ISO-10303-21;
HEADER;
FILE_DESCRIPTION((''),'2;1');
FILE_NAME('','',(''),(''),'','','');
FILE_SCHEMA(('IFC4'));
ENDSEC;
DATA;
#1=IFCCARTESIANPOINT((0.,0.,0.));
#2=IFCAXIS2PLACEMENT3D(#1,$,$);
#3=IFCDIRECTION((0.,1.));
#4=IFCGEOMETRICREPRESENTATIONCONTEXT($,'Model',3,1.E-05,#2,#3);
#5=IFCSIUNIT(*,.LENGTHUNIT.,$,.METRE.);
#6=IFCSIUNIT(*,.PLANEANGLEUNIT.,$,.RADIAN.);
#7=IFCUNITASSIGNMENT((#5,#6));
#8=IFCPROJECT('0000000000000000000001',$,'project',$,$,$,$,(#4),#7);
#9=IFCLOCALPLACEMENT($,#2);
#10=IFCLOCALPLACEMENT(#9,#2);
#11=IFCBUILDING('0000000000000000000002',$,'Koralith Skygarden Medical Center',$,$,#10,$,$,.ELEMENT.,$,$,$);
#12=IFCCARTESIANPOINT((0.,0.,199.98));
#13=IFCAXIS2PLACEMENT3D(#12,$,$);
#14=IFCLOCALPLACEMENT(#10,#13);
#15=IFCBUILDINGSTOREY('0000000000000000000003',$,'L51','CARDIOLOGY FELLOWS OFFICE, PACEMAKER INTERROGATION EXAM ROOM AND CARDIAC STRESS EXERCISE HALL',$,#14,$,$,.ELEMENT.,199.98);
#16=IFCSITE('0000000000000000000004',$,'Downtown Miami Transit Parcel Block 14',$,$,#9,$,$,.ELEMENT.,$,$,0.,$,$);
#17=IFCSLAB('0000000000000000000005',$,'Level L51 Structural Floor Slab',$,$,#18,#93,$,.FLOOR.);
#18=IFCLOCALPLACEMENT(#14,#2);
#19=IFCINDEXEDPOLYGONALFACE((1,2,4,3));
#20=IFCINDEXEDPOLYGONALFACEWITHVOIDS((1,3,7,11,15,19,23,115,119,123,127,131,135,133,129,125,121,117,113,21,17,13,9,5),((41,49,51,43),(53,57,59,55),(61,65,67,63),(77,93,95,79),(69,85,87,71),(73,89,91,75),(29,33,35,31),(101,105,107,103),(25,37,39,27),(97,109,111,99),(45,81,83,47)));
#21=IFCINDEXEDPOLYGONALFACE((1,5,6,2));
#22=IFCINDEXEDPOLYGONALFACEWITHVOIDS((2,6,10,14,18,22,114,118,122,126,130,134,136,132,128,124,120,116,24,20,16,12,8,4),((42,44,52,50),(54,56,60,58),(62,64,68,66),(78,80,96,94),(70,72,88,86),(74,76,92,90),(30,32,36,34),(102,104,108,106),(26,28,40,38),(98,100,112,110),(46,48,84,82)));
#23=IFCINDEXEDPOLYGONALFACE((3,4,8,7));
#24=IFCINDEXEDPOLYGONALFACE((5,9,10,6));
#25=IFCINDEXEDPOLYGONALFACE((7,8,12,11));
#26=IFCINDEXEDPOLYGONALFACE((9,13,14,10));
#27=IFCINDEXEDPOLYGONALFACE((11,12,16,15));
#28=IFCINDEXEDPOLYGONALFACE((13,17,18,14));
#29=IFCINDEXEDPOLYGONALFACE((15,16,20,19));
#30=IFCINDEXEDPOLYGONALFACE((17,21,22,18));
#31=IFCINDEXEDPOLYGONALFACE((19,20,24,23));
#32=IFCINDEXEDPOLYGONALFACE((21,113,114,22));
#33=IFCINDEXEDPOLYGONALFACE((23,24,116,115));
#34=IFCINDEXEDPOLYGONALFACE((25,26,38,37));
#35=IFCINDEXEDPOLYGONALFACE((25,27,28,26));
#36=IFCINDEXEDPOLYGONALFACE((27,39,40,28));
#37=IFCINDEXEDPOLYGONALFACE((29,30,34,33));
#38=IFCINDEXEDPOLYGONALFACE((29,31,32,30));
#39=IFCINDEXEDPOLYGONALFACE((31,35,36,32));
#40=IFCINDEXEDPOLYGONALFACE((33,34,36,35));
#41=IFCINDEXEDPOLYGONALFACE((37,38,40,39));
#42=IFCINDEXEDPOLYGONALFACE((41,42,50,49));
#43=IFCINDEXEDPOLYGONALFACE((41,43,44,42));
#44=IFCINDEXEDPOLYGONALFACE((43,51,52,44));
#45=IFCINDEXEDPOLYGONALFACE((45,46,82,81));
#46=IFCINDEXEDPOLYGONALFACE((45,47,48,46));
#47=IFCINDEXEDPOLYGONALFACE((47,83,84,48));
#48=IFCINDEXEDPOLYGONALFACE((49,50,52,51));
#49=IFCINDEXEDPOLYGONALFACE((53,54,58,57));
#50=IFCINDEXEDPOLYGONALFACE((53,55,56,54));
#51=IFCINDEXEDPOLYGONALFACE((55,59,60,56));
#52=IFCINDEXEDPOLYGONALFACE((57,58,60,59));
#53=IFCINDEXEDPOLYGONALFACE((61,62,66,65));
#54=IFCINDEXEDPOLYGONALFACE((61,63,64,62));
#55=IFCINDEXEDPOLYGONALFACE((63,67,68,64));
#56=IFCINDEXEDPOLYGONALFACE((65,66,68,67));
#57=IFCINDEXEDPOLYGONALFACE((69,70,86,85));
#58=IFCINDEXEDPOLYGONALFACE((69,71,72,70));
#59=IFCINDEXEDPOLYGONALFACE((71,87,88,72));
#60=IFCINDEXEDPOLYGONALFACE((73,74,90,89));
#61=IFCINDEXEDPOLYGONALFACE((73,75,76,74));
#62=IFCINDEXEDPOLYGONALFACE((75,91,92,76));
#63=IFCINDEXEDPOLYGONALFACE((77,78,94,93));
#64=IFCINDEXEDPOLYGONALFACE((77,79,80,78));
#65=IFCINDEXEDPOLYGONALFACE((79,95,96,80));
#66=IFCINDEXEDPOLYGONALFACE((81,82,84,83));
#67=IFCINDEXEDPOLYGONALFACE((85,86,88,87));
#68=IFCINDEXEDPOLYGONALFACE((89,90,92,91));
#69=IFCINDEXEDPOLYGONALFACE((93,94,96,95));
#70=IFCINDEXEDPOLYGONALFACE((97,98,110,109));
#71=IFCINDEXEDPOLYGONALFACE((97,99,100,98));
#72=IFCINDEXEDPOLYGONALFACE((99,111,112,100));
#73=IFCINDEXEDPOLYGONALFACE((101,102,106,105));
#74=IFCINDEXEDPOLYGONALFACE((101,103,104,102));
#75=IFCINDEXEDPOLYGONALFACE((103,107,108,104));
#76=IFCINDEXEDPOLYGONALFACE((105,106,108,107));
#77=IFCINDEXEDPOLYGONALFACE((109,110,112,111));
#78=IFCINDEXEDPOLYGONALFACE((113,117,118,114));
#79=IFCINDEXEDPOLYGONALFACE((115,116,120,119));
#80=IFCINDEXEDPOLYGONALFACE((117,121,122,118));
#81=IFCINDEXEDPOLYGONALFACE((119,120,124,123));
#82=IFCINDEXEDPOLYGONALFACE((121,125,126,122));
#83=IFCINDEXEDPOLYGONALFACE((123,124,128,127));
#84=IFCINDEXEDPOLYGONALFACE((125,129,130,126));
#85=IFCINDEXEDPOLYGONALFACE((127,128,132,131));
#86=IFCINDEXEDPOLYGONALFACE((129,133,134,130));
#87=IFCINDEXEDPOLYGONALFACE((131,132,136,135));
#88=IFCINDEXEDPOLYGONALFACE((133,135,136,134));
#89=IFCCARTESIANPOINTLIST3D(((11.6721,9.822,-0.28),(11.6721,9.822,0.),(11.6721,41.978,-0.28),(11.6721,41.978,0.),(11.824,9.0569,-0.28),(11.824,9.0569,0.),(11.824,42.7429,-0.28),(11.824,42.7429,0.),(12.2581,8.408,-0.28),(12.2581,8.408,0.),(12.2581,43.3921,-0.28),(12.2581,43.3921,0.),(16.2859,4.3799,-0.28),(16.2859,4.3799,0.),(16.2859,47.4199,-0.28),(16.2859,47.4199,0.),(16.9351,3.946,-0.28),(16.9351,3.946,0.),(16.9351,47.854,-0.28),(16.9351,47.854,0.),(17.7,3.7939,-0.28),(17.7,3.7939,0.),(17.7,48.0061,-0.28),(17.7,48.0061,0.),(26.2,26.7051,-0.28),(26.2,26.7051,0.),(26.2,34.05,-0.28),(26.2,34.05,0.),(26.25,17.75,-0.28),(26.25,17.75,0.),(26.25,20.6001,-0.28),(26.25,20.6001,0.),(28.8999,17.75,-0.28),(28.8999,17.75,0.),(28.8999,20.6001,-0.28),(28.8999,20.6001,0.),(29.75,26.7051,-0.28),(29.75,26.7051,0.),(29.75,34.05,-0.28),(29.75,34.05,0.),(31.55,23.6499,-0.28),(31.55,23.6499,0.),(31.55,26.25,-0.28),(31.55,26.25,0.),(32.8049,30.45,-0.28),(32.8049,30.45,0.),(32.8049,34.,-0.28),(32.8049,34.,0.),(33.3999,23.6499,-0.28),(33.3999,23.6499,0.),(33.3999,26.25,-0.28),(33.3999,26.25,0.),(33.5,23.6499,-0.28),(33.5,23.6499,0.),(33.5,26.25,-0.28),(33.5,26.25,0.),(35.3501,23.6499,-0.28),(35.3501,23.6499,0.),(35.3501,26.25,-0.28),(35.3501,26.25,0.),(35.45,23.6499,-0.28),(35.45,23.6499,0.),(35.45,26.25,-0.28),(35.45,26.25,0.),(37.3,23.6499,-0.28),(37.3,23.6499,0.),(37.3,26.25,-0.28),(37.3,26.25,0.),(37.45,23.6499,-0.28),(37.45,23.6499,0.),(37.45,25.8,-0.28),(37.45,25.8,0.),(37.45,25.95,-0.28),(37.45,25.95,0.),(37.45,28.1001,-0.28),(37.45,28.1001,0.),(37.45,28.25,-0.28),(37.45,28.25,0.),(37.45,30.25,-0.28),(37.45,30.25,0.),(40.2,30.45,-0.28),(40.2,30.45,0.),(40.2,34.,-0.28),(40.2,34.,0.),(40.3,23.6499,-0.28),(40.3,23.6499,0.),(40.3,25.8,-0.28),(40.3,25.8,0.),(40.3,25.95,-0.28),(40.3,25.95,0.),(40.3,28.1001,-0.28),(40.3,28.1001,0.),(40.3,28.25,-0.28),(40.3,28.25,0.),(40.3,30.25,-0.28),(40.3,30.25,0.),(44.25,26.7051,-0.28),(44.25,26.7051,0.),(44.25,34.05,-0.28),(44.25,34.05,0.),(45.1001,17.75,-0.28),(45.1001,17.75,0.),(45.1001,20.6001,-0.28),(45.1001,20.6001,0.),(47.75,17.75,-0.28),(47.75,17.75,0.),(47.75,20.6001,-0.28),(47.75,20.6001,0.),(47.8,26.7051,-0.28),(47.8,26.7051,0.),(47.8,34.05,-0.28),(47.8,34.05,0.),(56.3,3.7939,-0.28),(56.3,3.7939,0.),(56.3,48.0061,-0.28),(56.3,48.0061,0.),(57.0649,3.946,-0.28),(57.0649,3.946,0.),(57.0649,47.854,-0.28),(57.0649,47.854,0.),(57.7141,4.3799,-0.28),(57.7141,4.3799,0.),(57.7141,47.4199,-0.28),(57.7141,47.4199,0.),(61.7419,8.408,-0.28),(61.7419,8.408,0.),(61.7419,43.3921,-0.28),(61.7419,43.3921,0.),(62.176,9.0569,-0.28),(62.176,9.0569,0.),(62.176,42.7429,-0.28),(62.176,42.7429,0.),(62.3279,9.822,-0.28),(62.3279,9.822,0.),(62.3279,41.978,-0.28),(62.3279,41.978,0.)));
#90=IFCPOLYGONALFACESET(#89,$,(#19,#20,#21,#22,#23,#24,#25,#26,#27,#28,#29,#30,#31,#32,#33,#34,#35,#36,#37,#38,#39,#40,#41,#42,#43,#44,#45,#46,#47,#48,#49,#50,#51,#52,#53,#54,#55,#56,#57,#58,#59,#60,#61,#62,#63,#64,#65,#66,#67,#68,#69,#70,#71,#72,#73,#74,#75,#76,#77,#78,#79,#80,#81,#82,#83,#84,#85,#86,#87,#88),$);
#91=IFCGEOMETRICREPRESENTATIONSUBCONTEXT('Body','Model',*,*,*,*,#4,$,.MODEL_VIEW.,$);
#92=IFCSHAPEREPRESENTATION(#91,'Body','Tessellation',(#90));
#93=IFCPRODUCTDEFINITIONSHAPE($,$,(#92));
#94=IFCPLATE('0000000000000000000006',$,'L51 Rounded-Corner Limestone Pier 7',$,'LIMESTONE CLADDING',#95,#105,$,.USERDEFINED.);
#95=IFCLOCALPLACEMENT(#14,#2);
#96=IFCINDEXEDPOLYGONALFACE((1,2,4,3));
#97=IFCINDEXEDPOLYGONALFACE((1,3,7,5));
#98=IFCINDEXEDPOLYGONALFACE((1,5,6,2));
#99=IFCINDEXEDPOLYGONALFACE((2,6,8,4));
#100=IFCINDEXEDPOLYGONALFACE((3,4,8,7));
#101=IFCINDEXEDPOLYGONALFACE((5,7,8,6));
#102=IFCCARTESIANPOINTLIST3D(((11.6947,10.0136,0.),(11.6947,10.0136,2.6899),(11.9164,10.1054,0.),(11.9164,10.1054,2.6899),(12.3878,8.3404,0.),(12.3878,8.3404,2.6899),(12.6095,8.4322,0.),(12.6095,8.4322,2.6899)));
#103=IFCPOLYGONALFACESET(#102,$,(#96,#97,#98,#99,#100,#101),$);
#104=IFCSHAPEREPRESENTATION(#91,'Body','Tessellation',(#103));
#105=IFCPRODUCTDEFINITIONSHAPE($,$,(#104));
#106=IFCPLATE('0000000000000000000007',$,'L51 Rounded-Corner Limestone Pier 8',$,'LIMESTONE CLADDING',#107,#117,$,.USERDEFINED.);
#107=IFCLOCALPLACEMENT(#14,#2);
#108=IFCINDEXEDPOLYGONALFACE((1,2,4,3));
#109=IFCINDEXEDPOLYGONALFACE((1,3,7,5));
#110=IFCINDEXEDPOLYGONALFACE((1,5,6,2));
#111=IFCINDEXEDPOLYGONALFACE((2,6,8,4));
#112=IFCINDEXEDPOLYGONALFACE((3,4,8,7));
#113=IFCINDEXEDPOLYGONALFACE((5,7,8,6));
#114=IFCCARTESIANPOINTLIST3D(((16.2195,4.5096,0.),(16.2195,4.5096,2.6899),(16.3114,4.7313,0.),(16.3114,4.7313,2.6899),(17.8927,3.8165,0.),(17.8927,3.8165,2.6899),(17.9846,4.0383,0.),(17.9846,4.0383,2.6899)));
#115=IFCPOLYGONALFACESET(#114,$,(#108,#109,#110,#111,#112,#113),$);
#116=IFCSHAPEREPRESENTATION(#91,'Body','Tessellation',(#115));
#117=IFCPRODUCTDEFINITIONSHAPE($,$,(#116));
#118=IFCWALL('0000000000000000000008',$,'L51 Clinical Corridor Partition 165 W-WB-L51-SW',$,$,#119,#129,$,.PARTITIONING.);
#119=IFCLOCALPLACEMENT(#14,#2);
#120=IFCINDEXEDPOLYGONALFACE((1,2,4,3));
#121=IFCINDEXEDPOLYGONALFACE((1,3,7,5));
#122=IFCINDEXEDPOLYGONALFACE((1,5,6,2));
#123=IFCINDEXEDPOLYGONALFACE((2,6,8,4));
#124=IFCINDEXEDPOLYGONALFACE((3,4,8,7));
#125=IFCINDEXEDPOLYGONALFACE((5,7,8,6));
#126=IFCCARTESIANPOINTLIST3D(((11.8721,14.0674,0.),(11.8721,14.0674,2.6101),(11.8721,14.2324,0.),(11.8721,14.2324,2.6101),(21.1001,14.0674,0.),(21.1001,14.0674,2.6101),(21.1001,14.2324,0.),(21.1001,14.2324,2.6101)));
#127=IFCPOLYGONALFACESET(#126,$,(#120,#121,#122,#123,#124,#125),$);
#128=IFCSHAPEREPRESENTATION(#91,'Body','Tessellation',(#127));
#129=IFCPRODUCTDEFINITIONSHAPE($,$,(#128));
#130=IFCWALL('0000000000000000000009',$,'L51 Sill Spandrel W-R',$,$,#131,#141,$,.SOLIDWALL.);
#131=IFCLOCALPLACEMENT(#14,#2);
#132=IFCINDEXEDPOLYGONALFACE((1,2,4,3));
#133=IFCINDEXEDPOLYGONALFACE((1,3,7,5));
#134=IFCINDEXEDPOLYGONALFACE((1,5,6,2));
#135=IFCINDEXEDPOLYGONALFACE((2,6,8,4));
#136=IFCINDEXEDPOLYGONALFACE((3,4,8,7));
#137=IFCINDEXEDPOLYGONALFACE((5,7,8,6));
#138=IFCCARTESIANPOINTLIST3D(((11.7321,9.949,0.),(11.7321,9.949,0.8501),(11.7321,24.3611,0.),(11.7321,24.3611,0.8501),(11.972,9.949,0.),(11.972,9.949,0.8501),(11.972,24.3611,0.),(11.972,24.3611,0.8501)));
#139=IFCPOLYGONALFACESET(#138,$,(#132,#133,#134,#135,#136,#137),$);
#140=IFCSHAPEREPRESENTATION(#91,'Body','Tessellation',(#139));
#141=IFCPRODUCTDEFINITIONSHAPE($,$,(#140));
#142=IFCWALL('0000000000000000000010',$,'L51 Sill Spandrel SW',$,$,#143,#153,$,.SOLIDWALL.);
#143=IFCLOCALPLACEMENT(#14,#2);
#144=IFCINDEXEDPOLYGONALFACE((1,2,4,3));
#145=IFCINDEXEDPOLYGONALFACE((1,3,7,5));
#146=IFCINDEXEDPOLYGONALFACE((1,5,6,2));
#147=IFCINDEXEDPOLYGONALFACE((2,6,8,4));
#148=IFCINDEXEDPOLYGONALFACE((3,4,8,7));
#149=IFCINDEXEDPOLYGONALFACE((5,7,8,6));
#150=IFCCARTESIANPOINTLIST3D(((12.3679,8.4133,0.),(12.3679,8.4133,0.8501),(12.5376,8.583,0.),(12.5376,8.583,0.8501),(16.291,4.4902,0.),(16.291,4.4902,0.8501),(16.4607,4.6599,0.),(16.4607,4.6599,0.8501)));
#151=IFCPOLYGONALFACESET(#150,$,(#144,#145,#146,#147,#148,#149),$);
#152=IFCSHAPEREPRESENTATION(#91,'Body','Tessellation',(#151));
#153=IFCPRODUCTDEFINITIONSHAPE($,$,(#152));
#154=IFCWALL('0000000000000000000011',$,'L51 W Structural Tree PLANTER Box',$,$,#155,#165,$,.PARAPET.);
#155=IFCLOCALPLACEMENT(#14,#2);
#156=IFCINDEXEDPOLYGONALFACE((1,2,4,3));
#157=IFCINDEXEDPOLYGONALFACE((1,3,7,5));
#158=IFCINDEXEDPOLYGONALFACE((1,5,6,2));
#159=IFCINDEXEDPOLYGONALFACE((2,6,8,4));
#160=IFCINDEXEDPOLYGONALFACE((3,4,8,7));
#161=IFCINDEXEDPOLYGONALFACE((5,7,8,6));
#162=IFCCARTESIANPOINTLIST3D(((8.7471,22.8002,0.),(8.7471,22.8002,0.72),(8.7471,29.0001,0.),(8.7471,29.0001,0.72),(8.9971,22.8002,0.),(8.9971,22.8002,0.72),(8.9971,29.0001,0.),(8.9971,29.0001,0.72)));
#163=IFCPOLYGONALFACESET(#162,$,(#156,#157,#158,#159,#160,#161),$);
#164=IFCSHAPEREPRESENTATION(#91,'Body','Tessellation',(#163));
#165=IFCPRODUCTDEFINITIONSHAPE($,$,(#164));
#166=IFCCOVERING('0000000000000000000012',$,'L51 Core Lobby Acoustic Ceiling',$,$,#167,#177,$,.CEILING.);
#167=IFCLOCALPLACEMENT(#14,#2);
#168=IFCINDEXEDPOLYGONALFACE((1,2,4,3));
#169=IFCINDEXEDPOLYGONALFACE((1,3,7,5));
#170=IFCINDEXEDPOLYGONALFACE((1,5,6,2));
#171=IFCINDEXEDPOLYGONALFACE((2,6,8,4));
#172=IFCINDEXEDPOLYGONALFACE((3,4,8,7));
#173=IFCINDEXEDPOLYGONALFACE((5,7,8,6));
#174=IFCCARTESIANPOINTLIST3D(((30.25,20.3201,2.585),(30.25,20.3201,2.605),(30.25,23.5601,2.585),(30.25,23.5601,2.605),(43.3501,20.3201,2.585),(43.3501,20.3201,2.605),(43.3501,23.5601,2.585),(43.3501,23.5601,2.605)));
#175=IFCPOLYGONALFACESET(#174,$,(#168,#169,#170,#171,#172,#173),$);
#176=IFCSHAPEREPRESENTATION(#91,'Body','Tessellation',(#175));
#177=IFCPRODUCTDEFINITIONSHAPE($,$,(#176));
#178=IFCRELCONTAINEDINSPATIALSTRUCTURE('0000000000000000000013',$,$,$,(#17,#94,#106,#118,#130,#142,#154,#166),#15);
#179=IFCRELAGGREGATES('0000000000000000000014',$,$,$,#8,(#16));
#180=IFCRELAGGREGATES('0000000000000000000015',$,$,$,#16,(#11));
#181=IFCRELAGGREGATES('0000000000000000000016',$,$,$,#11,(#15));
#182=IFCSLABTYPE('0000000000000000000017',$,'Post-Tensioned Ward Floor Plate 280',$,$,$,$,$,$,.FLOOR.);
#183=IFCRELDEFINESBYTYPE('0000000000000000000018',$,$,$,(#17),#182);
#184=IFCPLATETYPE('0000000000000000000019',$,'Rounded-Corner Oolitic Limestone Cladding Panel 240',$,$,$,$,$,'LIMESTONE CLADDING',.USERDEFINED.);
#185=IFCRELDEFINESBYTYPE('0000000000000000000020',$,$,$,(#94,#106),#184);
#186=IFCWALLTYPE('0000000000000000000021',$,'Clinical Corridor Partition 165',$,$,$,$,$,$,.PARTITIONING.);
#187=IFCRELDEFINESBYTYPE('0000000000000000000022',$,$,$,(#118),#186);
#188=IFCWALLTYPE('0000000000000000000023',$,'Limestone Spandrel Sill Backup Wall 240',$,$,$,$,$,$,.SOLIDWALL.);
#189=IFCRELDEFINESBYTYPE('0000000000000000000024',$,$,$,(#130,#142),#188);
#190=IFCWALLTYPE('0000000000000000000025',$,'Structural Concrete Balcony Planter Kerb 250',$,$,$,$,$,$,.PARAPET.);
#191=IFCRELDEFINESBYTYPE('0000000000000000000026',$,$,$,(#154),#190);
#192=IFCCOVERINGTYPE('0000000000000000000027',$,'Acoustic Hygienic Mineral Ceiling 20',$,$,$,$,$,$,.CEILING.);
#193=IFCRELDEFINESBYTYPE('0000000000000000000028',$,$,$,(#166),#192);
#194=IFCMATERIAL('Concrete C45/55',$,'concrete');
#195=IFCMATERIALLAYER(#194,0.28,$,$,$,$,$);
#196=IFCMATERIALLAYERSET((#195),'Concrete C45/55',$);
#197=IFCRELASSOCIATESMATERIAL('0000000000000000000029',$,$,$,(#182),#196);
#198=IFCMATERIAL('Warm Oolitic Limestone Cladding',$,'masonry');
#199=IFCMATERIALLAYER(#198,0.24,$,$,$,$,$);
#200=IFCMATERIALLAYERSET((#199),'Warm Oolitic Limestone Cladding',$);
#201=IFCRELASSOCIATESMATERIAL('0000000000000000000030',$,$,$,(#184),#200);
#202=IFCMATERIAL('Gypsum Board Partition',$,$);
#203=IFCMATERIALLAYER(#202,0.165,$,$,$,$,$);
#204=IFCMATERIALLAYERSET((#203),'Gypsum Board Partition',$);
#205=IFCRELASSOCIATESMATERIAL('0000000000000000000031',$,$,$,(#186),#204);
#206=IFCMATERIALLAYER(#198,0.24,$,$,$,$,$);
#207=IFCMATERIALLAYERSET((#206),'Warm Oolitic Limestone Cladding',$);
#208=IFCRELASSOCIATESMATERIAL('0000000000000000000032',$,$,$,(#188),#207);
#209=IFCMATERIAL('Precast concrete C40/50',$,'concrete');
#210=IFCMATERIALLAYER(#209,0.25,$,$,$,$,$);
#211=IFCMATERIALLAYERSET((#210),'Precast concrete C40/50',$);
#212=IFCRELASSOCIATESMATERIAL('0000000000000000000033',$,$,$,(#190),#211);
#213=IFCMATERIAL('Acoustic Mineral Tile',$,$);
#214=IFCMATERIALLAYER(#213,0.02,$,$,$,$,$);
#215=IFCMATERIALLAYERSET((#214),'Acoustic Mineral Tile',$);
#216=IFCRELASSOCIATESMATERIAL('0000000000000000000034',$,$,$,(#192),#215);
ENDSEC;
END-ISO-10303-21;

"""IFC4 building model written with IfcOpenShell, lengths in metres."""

from ifc_helpers import new_model, si_unit, direction, frame, frame_2d, origin, origin_2d, place, context, subcontext, project, spatial, polyline, rectangle, outline, extrude, material, layer, layer_set, type_object, element, save


model = new_model("IFC4")

# Units and contexts
model_context = context("Model", 3, precision=1e-05, world=origin(), true_north=direction((0.0, 1.0)))
body_context = subcontext(model_context, "Body", "Model", "MODEL_VIEW")
ifc_project = project(units=[si_unit("LENGTHUNIT", "METRE"), si_unit("PLANEANGLEUNIT", "RADIAN")], contexts=[model_context])

# Site, building, storey
site_placement = place(None, origin())
site = spatial("IfcSite", under=ifc_project, at=site_placement, Name="Downtown Miami Transit Parcel Block 14", CompositionType="ELEMENT", RefElevation=0.0)
building_placement = place(site_placement, origin())
building = spatial("IfcBuilding", under=site, at=building_placement, Name="Koralith Skygarden Medical Center", CompositionType="ELEMENT")
storey_placement = place(building_placement, frame((0.0, 0.0, 199.98)))
storey = spatial("IfcBuildingStorey", under=building, at=storey_placement, Name="L51", Description="CARDIOLOGY FELLOWS OFFICE, PACEMAKER INTERROGATION EXAM ROOM AND CARDIAC STRESS EXERCISE HALL", CompositionType="ELEMENT", Elevation=199.98)

# Shared definitions
ifc_material_1 = material(Name="Concrete C45/55", Category="concrete")

# Slab
ifc_layer_1 = layer(ifc_material_1, 0.28)
ifc_layer_set_1 = layer_set([ifc_layer_1], Name="Concrete C45/55")
slab_type_1 = type_object("IfcSlabType", Name="Post-Tensioned Ward Floor Plate 280", PredefinedType="FLOOR", material=ifc_layer_set_1)
slab_1_placement = place(storey_placement, frame((0.0, 0.0, -0.28)))
element("IfcSlab", 1, at=slab_1_placement, inside=storey, type_object=slab_type_1, Name="Level L51 Structural Floor Slab", PredefinedType="FLOOR", context=body_context, shape_type="SweptSolid", body=[
    extrude(outline(polyline([(16.2859, 4.3799), (16.9351, 3.946), (17.7, 3.7939), (56.3, 3.7939), (57.0649, 3.946), (57.7141, 4.3799), (61.7419, 8.408), (62.176, 9.0569), (62.3279, 9.822), (62.3279, 41.978), (62.176, 42.7429), (61.7419, 43.3921), (57.7141, 47.4199), (57.0649, 47.854), (56.3, 48.0061), (17.7, 48.0061), (16.9351, 47.854), (16.2859, 47.4199), (12.2581, 43.3921), (11.824, 42.7429), (11.6721, 41.978), (11.6721, 9.822), (11.824, 9.0569), (12.2581, 8.408), (16.2859, 4.3799)]), holes=[polyline([(26.2, 26.7051), (29.75, 26.7051), (29.75, 34.05), (26.2, 34.05), (26.2, 26.7051)]), polyline([(44.25, 26.7051), (47.8, 26.7051), (47.8, 34.05), (44.25, 34.05), (44.25, 26.7051)]), polyline([(32.8049, 30.45), (40.2, 30.45), (40.2, 34.0), (32.8049, 34.0), (32.8049, 30.45)]), polyline([(26.25, 17.75), (28.8999, 17.75), (28.8999, 20.6001), (26.25, 20.6001), (26.25, 17.75)]), polyline([(45.1001, 17.75), (47.75, 17.75), (47.75, 20.6001), (45.1001, 20.6001), (45.1001, 17.75)]), polyline([(31.55, 23.6499), (33.3999, 23.6499), (33.3999, 26.25), (31.55, 26.25), (31.55, 23.6499)]), polyline([(33.5, 23.6499), (35.3501, 23.6499), (35.3501, 26.25), (33.5, 26.25), (33.5, 23.6499)]), polyline([(35.45, 23.6499), (37.3, 23.6499), (37.3, 26.25), (35.45, 26.25), (35.45, 23.6499)]), polyline([(37.45, 23.6499), (40.3, 23.6499), (40.3, 25.8), (37.45, 25.8), (37.45, 23.6499)]), polyline([(37.45, 25.95), (40.3, 25.95), (40.3, 28.1001), (37.45, 28.1001), (37.45, 25.95)]), polyline([(37.45, 28.25), (40.3, 28.25), (40.3, 30.25), (37.45, 30.25), (37.45, 28.25)])]), origin(), (0.0, 0.0, 1.0), 0.28),
])

# Plates
ifc_material_2 = material(Name="Warm Oolitic Limestone Cladding", Category="masonry")
ifc_layer_2 = layer(ifc_material_2, 0.24)
ifc_layer_set_2 = layer_set([ifc_layer_2], Name="Warm Oolitic Limestone Cladding")
plate_type_1 = type_object("IfcPlateType", Name="Rounded-Corner Oolitic Limestone Cladding Panel 240", ElementType="LIMESTONE CLADDING", PredefinedType="USERDEFINED", material=ifc_layer_set_2)
for number, where, z_axis, x_axis, name in (
    (2, (12.1521, 9.2229, 0.0), (0.0, 0.0, 1.0), (0.382671, -0.923885, 0.0), "L51 Rounded-Corner Limestone Pier 7"),
    (3, (17.1021, 4.2739, 0.0), (0.0, 0.0, 1.0), (0.923885, -0.382671, 0.0), "L51 Rounded-Corner Limestone Pier 8"),
):
    element("IfcPlate", number, at=place(storey_placement, frame(where, z_axis=z_axis, x_axis=x_axis)), inside=storey, type_object=plate_type_1, Name=name, ObjectType="LIMESTONE CLADDING", PredefinedType="USERDEFINED", context=body_context, shape_type="SweptSolid", body=[
        extrude(rectangle(XDim=1.811, YDim=0.24, at=origin_2d()), origin(), (0.0, 0.0, 1.0), 2.6899),
    ])

# Walls
ifc_material_3 = material(Name="Gypsum Board Partition")
ifc_layer_3 = layer(ifc_material_3, 0.165)
ifc_layer_set_3 = layer_set([ifc_layer_3], Name="Gypsum Board Partition")
wall_type_1 = type_object("IfcWallType", Name="Clinical Corridor Partition 165", PredefinedType="PARTITIONING", material=ifc_layer_set_3)
wall_1_placement = place(storey_placement, frame((11.8721, 14.1499, 0.0), z_axis=(0.0, 0.0, 1.0), x_axis=(1.0, 0.0, 0.0)))
element("IfcWall", 4, at=wall_1_placement, inside=storey, type_object=wall_type_1, Name="L51 Clinical Corridor Partition 165 W-WB-L51-SW", PredefinedType="PARTITIONING", context=body_context, shape_type="SweptSolid", body=[
    extrude(rectangle(XDim=9.228, YDim=0.165, at=frame_2d((4.614, 0.0))), origin(), (0.0, 0.0, 1.0), 2.6101),
])
ifc_layer_4 = layer(ifc_material_2, 0.24)
ifc_layer_set_4 = layer_set([ifc_layer_4], Name="Warm Oolitic Limestone Cladding")
wall_type_2 = type_object("IfcWallType", Name="Limestone Spandrel Sill Backup Wall 240", PredefinedType="SOLIDWALL", material=ifc_layer_set_4)
wall_2_placement = place(storey_placement, frame((11.8521, 24.3611, 0.0), z_axis=(0.0, 0.0, 1.0), x_axis=(0.0, -1.0, 0.0)))
element("IfcWall", 5, at=wall_2_placement, inside=storey, type_object=wall_type_2, Name="L51 Sill Spandrel W-R", PredefinedType="SOLIDWALL", context=body_context, shape_type="SweptSolid", body=[
    extrude(rectangle(XDim=14.4121, YDim=0.24, at=frame_2d((7.2061, 0.0))), origin(), (0.0, 0.0, 1.0), 0.8501),
])
wall_3_placement = place(storey_placement, frame((12.4529, 8.498, 0.0), z_axis=(0.0, 0.0, 1.0), x_axis=(0.707107, -0.707107, 0.0)))
element("IfcWall", 6, at=wall_3_placement, inside=storey, type_object=wall_type_2, Name="L51 Sill Spandrel SW", PredefinedType="SOLIDWALL", context=body_context, shape_type="SweptSolid", body=[
    extrude(rectangle(XDim=5.5481, YDim=0.24, at=frame_2d((2.7739, 0.0))), origin(), (0.0, 0.0, 1.0), 0.8501),
])
ifc_material_4 = material(Name="Precast concrete C40/50", Category="concrete")
ifc_layer_5 = layer(ifc_material_4, 0.25)
ifc_layer_set_5 = layer_set([ifc_layer_5], Name="Precast concrete C40/50")
wall_type_3 = type_object("IfcWallType", Name="Structural Concrete Balcony Planter Kerb 250", PredefinedType="PARAPET", material=ifc_layer_set_5)
wall_4_placement = place(storey_placement, frame((8.8721, 22.8, 0.0), z_axis=(0.0, 0.0, 1.0), x_axis=(0.0, 1.0, 0.0)))
element("IfcWall", 7, at=wall_4_placement, inside=storey, type_object=wall_type_3, Name="L51 W Structural Tree PLANTER Box", PredefinedType="PARAPET", context=body_context, shape_type="SweptSolid", body=[
    extrude(rectangle(XDim=6.2, YDim=0.25, at=frame_2d((3.1001, 0.0))), origin(), (0.0, 0.0, 1.0), 0.72),
])

# Covering
ifc_material_5 = material(Name="Acoustic Mineral Tile")
ifc_layer_6 = layer(ifc_material_5, 0.02)
ifc_layer_set_6 = layer_set([ifc_layer_6], Name="Acoustic Mineral Tile")
covering_type_1 = type_object("IfcCoveringType", Name="Acoustic Hygienic Mineral Ceiling 20", PredefinedType="CEILING", material=ifc_layer_set_6)
covering_1_placement = place(storey_placement, frame((0.0, 0.0, 2.585)))
element("IfcCovering", 8, at=covering_1_placement, inside=storey, type_object=covering_type_1, Name="L51 Core Lobby Acoustic Ceiling", PredefinedType="CEILING", context=body_context, shape_type="SweptSolid", body=[
    extrude(outline(polyline([(30.25, 20.3201), (43.3501, 20.3201), (43.3501, 23.5601), (30.25, 23.5601), (30.25, 20.3201)])), origin(), (0.0, 0.0, 1.0), 0.02),
])

save(model, "model.ifc")
